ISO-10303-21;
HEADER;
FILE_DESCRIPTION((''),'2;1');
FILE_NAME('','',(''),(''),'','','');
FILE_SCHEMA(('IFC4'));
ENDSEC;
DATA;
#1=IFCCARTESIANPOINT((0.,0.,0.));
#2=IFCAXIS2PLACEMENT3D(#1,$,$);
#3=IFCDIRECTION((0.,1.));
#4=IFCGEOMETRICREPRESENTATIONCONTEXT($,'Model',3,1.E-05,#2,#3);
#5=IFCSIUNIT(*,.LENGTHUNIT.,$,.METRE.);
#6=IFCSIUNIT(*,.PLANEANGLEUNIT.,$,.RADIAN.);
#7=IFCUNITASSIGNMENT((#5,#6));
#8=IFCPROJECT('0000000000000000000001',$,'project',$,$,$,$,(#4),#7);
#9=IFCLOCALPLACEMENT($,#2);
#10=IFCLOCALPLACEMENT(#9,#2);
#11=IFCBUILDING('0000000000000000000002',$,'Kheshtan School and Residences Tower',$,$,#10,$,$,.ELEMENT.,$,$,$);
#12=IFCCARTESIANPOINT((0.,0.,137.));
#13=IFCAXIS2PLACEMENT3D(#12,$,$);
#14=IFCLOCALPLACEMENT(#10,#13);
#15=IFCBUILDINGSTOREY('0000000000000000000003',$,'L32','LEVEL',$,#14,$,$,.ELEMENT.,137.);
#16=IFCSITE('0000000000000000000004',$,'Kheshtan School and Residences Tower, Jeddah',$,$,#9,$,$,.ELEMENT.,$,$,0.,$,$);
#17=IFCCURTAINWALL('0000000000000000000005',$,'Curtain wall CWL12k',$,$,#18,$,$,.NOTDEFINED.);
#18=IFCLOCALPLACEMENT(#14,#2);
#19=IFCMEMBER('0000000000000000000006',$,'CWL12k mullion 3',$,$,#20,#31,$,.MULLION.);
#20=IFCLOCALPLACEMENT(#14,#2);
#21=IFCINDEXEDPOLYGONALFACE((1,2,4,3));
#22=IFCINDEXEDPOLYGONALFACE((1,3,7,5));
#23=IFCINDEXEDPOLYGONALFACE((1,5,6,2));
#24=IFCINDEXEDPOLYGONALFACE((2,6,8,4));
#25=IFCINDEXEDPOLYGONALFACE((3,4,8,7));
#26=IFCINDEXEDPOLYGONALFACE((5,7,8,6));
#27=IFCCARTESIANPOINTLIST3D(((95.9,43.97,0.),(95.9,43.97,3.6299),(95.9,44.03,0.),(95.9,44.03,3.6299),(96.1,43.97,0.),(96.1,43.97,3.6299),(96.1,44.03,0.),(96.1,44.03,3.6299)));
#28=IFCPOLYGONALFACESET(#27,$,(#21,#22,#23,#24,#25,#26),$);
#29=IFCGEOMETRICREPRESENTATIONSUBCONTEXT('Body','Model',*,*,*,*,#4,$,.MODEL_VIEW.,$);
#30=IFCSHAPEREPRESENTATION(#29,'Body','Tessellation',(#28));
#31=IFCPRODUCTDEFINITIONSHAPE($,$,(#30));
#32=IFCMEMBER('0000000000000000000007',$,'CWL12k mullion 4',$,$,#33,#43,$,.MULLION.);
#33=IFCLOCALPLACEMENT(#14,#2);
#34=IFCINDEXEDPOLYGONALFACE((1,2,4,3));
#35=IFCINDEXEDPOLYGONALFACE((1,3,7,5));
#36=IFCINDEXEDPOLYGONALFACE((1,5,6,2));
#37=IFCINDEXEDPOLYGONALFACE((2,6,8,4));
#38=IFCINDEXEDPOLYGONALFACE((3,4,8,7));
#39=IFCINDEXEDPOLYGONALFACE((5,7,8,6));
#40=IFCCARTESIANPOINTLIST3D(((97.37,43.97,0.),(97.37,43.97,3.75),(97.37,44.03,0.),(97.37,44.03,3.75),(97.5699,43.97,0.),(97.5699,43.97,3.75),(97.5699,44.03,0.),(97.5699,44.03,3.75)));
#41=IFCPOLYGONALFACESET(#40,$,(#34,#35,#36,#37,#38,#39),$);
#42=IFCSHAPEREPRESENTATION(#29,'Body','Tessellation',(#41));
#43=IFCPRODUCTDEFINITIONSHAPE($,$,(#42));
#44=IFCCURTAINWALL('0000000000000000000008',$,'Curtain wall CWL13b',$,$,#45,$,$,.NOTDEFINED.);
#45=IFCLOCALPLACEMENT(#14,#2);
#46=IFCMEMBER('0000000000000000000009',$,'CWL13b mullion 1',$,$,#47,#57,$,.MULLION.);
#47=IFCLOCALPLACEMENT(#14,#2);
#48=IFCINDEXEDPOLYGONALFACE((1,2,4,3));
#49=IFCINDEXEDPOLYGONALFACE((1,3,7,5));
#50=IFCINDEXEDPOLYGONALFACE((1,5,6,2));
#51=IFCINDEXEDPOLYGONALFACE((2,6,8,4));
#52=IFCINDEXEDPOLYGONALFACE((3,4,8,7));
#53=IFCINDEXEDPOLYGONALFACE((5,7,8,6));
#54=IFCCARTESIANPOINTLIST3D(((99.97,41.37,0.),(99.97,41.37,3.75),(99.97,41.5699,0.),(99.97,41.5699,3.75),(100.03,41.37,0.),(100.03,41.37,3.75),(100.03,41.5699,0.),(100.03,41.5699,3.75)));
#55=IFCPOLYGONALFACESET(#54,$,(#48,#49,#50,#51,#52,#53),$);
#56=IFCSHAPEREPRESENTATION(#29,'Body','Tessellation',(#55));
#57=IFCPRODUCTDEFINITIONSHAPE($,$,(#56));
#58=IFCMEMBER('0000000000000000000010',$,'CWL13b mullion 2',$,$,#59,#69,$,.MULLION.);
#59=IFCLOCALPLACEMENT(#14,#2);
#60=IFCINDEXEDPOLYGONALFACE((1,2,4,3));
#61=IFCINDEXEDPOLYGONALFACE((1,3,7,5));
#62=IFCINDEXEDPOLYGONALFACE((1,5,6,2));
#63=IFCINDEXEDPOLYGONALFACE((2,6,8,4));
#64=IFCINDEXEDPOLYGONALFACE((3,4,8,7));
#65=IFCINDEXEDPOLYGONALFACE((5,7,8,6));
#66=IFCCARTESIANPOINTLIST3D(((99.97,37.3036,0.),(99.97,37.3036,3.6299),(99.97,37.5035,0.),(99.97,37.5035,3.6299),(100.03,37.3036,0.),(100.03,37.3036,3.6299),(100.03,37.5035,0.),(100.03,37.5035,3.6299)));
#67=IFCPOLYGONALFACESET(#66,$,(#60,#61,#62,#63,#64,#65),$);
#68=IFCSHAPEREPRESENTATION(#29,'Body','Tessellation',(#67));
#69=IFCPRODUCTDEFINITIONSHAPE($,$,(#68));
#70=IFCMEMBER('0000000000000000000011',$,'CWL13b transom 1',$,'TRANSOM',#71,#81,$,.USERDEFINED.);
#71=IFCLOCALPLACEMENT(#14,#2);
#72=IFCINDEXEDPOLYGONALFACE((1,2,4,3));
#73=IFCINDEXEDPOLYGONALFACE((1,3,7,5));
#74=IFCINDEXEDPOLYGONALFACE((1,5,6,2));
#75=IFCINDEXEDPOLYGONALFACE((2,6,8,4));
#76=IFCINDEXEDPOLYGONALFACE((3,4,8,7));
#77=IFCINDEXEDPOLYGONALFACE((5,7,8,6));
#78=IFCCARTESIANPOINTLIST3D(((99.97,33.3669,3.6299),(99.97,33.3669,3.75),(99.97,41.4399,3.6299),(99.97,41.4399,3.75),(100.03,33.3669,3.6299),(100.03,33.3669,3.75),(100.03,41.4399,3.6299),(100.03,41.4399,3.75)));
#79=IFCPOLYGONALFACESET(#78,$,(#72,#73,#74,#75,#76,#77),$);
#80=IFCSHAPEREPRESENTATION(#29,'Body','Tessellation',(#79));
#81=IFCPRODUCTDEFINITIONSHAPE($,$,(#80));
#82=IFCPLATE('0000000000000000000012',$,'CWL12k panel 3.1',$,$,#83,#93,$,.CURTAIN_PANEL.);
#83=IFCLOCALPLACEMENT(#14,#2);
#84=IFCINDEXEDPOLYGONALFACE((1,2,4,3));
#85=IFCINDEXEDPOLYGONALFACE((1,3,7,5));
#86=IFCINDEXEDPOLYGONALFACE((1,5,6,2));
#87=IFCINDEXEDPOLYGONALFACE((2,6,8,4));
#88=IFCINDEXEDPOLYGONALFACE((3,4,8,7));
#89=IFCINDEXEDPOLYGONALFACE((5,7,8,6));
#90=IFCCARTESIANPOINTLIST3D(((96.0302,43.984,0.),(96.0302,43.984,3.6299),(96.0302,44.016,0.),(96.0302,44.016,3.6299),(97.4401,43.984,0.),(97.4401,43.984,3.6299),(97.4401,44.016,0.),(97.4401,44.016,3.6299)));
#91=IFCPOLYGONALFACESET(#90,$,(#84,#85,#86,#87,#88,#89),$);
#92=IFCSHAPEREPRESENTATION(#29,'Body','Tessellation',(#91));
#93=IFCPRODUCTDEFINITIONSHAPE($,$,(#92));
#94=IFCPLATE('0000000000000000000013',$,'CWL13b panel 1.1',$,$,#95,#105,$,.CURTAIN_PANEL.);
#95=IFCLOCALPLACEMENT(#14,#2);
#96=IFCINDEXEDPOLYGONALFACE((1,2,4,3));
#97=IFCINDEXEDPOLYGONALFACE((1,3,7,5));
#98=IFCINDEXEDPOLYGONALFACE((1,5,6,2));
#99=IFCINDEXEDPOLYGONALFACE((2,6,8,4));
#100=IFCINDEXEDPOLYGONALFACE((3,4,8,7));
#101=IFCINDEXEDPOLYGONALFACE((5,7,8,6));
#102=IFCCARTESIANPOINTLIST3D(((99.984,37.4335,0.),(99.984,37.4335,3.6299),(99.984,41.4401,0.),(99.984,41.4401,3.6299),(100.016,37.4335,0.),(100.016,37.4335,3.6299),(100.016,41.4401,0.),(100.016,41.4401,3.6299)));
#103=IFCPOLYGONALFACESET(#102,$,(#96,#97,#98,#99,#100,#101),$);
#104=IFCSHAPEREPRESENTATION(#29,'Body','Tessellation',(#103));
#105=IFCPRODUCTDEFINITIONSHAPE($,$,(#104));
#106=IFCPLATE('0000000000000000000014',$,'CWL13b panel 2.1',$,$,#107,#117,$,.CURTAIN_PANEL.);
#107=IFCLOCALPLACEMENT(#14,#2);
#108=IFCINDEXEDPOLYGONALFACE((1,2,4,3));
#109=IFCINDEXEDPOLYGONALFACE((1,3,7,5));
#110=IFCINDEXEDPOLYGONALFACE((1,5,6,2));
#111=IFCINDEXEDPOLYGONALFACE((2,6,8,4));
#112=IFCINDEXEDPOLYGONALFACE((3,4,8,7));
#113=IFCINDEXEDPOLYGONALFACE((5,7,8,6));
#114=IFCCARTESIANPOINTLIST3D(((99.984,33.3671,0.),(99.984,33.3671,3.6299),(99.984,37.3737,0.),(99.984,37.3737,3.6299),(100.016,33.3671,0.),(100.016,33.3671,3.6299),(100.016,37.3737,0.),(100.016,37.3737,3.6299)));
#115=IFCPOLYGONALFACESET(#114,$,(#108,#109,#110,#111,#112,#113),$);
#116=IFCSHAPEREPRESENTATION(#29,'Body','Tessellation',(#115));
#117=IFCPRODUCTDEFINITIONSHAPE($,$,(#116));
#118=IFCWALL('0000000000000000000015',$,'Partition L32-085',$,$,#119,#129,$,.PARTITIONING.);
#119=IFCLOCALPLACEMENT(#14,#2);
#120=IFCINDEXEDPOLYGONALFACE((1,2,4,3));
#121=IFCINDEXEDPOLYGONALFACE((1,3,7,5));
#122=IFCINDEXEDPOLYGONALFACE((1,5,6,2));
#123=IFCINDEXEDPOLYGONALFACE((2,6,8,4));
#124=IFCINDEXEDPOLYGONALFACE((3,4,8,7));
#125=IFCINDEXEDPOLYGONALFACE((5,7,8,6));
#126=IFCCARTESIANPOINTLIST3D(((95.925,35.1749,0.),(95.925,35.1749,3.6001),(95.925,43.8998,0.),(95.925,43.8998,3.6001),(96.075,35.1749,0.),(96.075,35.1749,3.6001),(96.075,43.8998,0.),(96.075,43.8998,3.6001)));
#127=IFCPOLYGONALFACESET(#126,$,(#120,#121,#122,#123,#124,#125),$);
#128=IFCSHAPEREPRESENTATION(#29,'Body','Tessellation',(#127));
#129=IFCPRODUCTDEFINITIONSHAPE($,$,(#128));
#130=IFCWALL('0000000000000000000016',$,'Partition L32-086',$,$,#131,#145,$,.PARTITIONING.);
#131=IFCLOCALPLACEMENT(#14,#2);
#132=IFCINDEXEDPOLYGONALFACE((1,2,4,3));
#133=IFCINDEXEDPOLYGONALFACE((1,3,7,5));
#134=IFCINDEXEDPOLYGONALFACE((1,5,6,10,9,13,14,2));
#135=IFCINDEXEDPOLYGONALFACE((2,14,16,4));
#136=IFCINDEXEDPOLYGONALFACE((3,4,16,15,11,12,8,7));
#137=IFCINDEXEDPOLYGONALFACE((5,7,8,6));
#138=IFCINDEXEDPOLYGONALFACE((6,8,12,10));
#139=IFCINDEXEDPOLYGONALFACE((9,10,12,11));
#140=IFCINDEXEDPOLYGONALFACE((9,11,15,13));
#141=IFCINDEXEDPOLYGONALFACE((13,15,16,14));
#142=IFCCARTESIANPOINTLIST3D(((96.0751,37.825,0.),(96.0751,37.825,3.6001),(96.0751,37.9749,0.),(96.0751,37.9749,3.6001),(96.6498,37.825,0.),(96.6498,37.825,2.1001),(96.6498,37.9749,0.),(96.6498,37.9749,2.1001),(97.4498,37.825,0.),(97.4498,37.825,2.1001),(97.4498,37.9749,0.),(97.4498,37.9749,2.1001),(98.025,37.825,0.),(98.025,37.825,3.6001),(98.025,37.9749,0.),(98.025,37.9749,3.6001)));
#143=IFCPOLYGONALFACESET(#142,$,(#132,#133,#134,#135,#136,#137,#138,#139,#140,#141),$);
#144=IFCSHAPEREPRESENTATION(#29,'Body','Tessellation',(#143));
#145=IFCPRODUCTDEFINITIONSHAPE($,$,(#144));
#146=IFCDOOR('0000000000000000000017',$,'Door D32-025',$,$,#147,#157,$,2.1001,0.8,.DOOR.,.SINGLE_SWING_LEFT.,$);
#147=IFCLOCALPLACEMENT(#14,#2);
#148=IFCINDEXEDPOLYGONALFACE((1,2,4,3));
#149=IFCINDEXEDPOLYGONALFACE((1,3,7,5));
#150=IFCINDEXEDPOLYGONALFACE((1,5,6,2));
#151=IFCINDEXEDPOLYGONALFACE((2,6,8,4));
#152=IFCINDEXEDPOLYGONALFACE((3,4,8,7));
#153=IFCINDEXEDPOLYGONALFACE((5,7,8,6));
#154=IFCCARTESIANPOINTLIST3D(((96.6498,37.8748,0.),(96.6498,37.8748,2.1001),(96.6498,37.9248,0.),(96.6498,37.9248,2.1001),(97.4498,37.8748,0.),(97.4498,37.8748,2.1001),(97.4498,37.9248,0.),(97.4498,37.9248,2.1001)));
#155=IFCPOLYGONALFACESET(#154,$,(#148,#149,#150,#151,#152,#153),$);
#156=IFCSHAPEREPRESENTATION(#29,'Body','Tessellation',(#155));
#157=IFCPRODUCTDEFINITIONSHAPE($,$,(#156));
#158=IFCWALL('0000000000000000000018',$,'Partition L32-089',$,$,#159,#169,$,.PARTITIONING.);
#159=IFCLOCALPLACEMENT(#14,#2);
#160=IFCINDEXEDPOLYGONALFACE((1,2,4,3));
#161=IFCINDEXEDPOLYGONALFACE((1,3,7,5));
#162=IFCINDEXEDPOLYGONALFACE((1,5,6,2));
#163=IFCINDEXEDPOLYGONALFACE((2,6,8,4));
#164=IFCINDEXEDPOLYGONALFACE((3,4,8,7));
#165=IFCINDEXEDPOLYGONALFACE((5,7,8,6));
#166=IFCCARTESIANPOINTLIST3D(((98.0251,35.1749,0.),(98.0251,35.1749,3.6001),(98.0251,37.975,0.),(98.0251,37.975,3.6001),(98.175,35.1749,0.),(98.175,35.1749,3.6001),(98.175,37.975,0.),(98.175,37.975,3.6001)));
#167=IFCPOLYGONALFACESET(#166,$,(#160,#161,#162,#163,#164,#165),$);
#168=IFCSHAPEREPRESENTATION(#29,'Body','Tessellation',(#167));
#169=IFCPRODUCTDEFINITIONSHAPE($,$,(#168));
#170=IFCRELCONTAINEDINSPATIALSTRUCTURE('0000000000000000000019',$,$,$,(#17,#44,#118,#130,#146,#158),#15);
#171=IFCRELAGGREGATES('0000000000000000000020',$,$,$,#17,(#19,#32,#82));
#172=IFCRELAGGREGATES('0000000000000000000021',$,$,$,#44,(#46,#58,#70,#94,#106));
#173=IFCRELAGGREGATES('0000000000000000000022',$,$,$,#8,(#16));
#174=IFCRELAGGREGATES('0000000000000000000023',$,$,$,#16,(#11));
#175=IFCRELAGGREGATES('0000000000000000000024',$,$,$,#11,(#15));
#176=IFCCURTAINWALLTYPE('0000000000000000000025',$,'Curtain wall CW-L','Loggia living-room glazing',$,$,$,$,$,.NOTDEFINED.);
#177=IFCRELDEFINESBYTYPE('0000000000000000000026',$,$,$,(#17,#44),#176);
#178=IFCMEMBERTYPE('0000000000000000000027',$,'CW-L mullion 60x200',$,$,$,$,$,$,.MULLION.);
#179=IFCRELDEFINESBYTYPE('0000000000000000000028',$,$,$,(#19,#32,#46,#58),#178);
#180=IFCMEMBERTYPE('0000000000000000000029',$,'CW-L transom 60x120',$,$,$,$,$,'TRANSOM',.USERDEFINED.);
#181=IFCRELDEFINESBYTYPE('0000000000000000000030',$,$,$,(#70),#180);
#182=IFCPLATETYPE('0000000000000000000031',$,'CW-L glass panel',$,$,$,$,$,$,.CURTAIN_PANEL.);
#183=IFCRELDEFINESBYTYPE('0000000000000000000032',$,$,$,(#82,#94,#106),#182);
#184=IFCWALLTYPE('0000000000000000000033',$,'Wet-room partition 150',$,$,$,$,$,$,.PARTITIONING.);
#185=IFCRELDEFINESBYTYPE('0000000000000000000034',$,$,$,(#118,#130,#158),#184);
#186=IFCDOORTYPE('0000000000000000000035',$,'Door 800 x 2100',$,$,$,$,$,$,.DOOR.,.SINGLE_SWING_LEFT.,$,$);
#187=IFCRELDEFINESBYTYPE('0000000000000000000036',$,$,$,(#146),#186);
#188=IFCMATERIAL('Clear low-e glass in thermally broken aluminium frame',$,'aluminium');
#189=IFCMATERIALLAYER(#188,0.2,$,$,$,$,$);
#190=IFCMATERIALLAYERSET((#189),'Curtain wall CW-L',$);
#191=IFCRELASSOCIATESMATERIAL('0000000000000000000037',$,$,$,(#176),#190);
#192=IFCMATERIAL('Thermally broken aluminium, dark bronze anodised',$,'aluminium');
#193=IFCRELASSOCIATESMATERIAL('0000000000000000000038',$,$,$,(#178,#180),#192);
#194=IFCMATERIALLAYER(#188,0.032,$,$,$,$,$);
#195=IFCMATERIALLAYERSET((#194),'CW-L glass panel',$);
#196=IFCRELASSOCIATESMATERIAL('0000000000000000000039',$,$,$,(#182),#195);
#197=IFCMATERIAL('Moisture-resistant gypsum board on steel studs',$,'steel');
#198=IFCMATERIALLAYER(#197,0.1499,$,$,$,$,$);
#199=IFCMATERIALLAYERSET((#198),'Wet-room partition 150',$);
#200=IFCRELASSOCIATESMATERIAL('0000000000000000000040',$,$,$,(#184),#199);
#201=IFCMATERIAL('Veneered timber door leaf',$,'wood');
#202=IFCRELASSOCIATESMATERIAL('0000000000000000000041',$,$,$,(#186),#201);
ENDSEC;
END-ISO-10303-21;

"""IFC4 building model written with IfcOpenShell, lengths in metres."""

from ifc_helpers import new_model, si_unit, direction, frame, frame_2d, origin, origin_2d, place, context, subcontext, project, spatial, rectangle, extrude, source, transform, mapped, material, layer, layer_set, material_profile, profile_set, type_object, element, fill, aggregate, save


model = new_model("IFC4")

# Units and contexts
model_context = context("Model", 3, precision=1e-05, world=origin(), true_north=direction((0.0, 1.0)))
body_context = subcontext(model_context, "Body", "Model", "MODEL_VIEW")
ifc_project = project(units=[si_unit("LENGTHUNIT", "METRE"), si_unit("PLANEANGLEUNIT", "RADIAN")], contexts=[model_context])

# Site, building, storey
site_placement = place(None, origin())
site = spatial("IfcSite", under=ifc_project, at=site_placement, Name="Kheshtan School and Residences Tower, Jeddah", CompositionType="ELEMENT", RefElevation=0.0)
building_placement = place(site_placement, origin())
building = spatial("IfcBuilding", under=site, at=building_placement, Name="Kheshtan School and Residences Tower", CompositionType="ELEMENT")
storey_placement = place(building_placement, frame((0.0, 0.0, 137.0)))
storey = spatial("IfcBuildingStorey", under=building, at=storey_placement, Name="L32", Description="LEVEL", CompositionType="ELEMENT", Elevation=137.0)

# Curtain walls, members
ifc_material_1 = material(Name="Clear low-e glass in thermally broken aluminium frame", Category="aluminium")
ifc_layer_1 = layer(ifc_material_1, 0.2)
ifc_layer_set_1 = layer_set([ifc_layer_1], Name="Curtain wall CW-L")
curtain_wall_type = type_object("IfcCurtainWallType", Name="Curtain wall CW-L", Description="Loggia living-room glazing", PredefinedType="NOTDEFINED", material=ifc_layer_set_1)
curtain_wall_1_placement = place(storey_placement, origin())
curtain_wall_1 = element("IfcCurtainWall", 1, at=curtain_wall_1_placement, inside=storey, type_object=curtain_wall_type, Name="Curtain wall CWL12k", PredefinedType="NOTDEFINED")
ifc_material_2 = material(Name="Thermally broken aluminium, dark bronze anodised", Category="aluminium")
ifc_material_profile_1 = material_profile(ifc_material_2, rectangle(XDim=0.0601, YDim=0.2, at=origin_2d()), Name="CW-L mullion 60x200")
ifc_profile_set_1 = profile_set([ifc_material_profile_1], Name="Thermally broken aluminium, dark bronze anodised")
member_type_1 = type_object("IfcMemberType", Name="CW-L mullion 60x200", PredefinedType="MULLION", material=ifc_profile_set_1)
member_1_placement = place(storey_placement, frame((96.0, 44.0, 0.0), z_axis=(0.0, 0.0, 1.0), x_axis=(0.0, 1.0, 0.0)))
member_1 = element("IfcMember", 2, at=member_1_placement, type_object=member_type_1, Name="CWL12k mullion 3", PredefinedType="MULLION", context=body_context, shape_type="SweptSolid", body=[
    extrude(rectangle(XDim=0.0601, YDim=0.2, at=origin_2d()), origin(), (0.0, 0.0, 1.0), 3.6299),
])
member_2_placement = place(storey_placement, frame((97.47, 44.0, 0.0), z_axis=(0.0, 0.0, 1.0), x_axis=(0.0, 1.0, 0.0)))
member_2 = element("IfcMember", 3, at=member_2_placement, type_object=member_type_1, Name="CWL12k mullion 4", PredefinedType="MULLION", context=body_context, shape_type="SweptSolid", body=[
    extrude(rectangle(XDim=0.0601, YDim=0.2, at=origin_2d()), origin(), (0.0, 0.0, 1.0), 3.75),
])
curtain_wall_2_placement = place(storey_placement, origin())
curtain_wall_2 = element("IfcCurtainWall", 4, at=curtain_wall_2_placement, inside=storey, type_object=curtain_wall_type, Name="Curtain wall CWL13b", PredefinedType="NOTDEFINED")
member_3_placement = place(storey_placement, frame((100.0, 41.47, 0.0), z_axis=(0.0, 0.0, 1.0), x_axis=(1.0, 0.0, 0.0)))
member_3 = element("IfcMember", 5, at=member_3_placement, type_object=member_type_1, Name="CWL13b mullion 1", PredefinedType="MULLION", context=body_context, shape_type="SweptSolid", body=[
    extrude(rectangle(XDim=0.0601, YDim=0.2, at=origin_2d()), origin(), (0.0, 0.0, 1.0), 3.75),
])
member_4_placement = place(storey_placement, frame((100.0, 37.4036, 0.0), z_axis=(0.0, 0.0, 1.0), x_axis=(1.0, 0.0, 0.0)))
member_4 = element("IfcMember", 6, at=member_4_placement, type_object=member_type_1, Name="CWL13b mullion 2", PredefinedType="MULLION", context=body_context, shape_type="SweptSolid", body=[
    extrude(rectangle(XDim=0.0601, YDim=0.2, at=origin_2d()), origin(), (0.0, 0.0, 1.0), 3.6299),
])
ifc_material_profile_2 = material_profile(ifc_material_2, rectangle(XDim=0.0601, YDim=0.1201, at=origin_2d()), Name="CW-L transom 60x120")
ifc_profile_set_2 = profile_set([ifc_material_profile_2], Name="Thermally broken aluminium, dark bronze anodised")
member_type_2 = type_object("IfcMemberType", Name="CW-L transom 60x120", ElementType="TRANSOM", PredefinedType="USERDEFINED", material=ifc_profile_set_2)
member_5_placement = place(storey_placement, frame((100.0, 41.4399, 3.6899), z_axis=(0.0, -1.0, 0.0), x_axis=(1.0, 0.0, 0.0)))
member_5 = element("IfcMember", 7, at=member_5_placement, type_object=member_type_2, Name="CWL13b transom 1", ObjectType="TRANSOM", PredefinedType="USERDEFINED", context=body_context, shape_type="SweptSolid", body=[
    extrude(rectangle(XDim=0.0601, YDim=0.1201, at=origin_2d()), origin(), (0.0, 0.0, 1.0), 8.073),
])

# Plates
ifc_layer_2 = layer(ifc_material_1, 0.032)
ifc_layer_set_2 = layer_set([ifc_layer_2], Name="CW-L glass panel")
plate_type = type_object("IfcPlateType", Name="CW-L glass panel", PredefinedType="CURTAIN_PANEL", material=ifc_layer_set_2)
plate_1_placement = place(storey_placement, frame((96.7351, 44.0, 0.0), z_axis=(0.0, 0.0, 1.0), x_axis=(1.0, 0.0, 0.0)))
plate_1 = element("IfcPlate", 8, at=plate_1_placement, type_object=plate_type, Name="CWL12k panel 3.1", PredefinedType="CURTAIN_PANEL", context=body_context, shape_type="SweptSolid", body=[
    extrude(rectangle(XDim=1.4099, YDim=0.032, at=origin_2d()), origin(), (0.0, 0.0, 1.0), 3.6299),
])
aggregate(curtain_wall_1, [member_1, member_2, plate_1])
plate_2_placement = place(storey_placement, frame((100.0, 39.4368, 0.0), z_axis=(0.0, 0.0, 1.0), x_axis=(0.0, -1.0, 0.0)))
plate_2 = element("IfcPlate", 9, at=plate_2_placement, type_object=plate_type, Name="CWL13b panel 1.1", PredefinedType="CURTAIN_PANEL", context=body_context, shape_type="SweptSolid", body=[
    extrude(rectangle(XDim=4.0066, YDim=0.032, at=origin_2d()), origin(), (0.0, 0.0, 1.0), 3.6299),
])
plate_3_placement = place(storey_placement, frame((100.0, 35.3704, 0.0), z_axis=(0.0, 0.0, 1.0), x_axis=(0.0, -1.0, 0.0)))
plate_3 = element("IfcPlate", 10, at=plate_3_placement, type_object=plate_type, Name="CWL13b panel 2.1", PredefinedType="CURTAIN_PANEL", context=body_context, shape_type="SweptSolid", body=[
    extrude(rectangle(XDim=4.0066, YDim=0.032, at=origin_2d()), origin(), (0.0, 0.0, 1.0), 3.6299),
])
aggregate(curtain_wall_2, [member_3, member_4, member_5, plate_2, plate_3])

# Wall
ifc_material_3 = material(Name="Moisture-resistant gypsum board on steel studs", Category="steel")
ifc_layer_3 = layer(ifc_material_3, 0.1499)
ifc_layer_set_3 = layer_set([ifc_layer_3], Name="Wet-room partition 150")
wall_type_1 = type_object("IfcWallType", Name="Wet-room partition 150", PredefinedType="PARTITIONING", material=ifc_layer_set_3)
wall_1_placement = place(storey_placement, frame((96.0, 35.175, 0.0), z_axis=(0.0, 0.0, 1.0), x_axis=(0.0, 1.0, 0.0)))
element("IfcWall", 11, at=wall_1_placement, inside=storey, type_object=wall_type_1, Name="Partition L32-085", PredefinedType="PARTITIONING", context=body_context, shape_type="SweptSolid", body=[
    extrude(rectangle(XDim=8.7249, YDim=0.1499, at=frame_2d((4.3623, 0.0))), origin(), (0.0, 0.0, 1.0), 3.6001),
])

# Wall, opening, door
wall_2_placement = place(storey_placement, frame((96.075, 37.8999, 0.0), z_axis=(0.0, 0.0, 1.0), x_axis=(1.0, 0.0, 0.0)))
wall_2 = element("IfcWall", 12, at=wall_2_placement, inside=storey, type_object=wall_type_1, Name="Partition L32-086", PredefinedType="PARTITIONING", context=body_context, shape_type="SweptSolid", body=[
    extrude(rectangle(XDim=1.95, YDim=0.1499, at=frame_2d((0.9751, 0.0))), origin(), (0.0, 0.0, 1.0), 3.6001),
])
opening_1_placement = place(wall_2_placement, frame((0.575, 0.0, 0.0)))
opening_1 = element("IfcOpeningElement", 13, at=opening_1_placement, cuts=wall_2, PredefinedType="OPENING", context=body_context, shape_type="SweptSolid", body=[
    extrude(rectangle(XDim=0.8, YDim=2.1001, at=frame_2d((0.3999, 1.05))), frame((0.0, 0.085, 0.0), z_axis=(0.0, -1.0, 0.0), x_axis=(1.0, 0.0, 0.0)), (0.0, 0.0, 1.0), 0.1699),
])
ifc_material_4 = material(Name="Veneered timber door leaf", Category="wood")
door_type_1 = type_object("IfcDoorType", Name="Door 800 x 2100", OperationType="SINGLE_SWING_LEFT", PredefinedType="DOOR", material=ifc_material_4)
shared_shape_1 = source(origin(), body_context, "Body", "SweptSolid", [
    extrude(rectangle(XDim=0.8, YDim=2.1001, at=frame_2d((0.3999, 1.05))), frame((0.0, 0.0249, 0.0), z_axis=(0.0, -1.0, 0.0), x_axis=(1.0, 0.0, 0.0)), (0.0, 0.0, 1.0), 0.05),
])
door_1_placement = place(opening_1_placement, origin())
door_1 = element("IfcDoor", 14, at=door_1_placement, inside=storey, type_object=door_type_1, Name="Door D32-025", OperationType="SINGLE_SWING_LEFT", OverallHeight=2.1001, OverallWidth=0.8, PredefinedType="DOOR", context=body_context, shape_type="MappedRepresentation", body=[
    mapped(shared_shape_1, transform((0.0, 0.0, 0.0), x_axis=(1.0, 0.0, 0.0), y_axis=(0.0, 1.0, 0.0), z_axis=(0.0, 0.0, 1.0), scale=1.0)),
])
fill(opening_1, door_1)

# Wall
wall_3_placement = place(storey_placement, frame((98.1001, 35.175, 0.0), z_axis=(0.0, 0.0, 1.0), x_axis=(0.0, 1.0, 0.0)))
element("IfcWall", 15, at=wall_3_placement, inside=storey, type_object=wall_type_1, Name="Partition L32-089", PredefinedType="PARTITIONING", context=body_context, shape_type="SweptSolid", body=[
    extrude(rectangle(XDim=2.8, YDim=0.1499, at=frame_2d((1.3999, 0.0))), origin(), (0.0, 0.0, 1.0), 3.6001),
])

save(model, "model.ifc")
